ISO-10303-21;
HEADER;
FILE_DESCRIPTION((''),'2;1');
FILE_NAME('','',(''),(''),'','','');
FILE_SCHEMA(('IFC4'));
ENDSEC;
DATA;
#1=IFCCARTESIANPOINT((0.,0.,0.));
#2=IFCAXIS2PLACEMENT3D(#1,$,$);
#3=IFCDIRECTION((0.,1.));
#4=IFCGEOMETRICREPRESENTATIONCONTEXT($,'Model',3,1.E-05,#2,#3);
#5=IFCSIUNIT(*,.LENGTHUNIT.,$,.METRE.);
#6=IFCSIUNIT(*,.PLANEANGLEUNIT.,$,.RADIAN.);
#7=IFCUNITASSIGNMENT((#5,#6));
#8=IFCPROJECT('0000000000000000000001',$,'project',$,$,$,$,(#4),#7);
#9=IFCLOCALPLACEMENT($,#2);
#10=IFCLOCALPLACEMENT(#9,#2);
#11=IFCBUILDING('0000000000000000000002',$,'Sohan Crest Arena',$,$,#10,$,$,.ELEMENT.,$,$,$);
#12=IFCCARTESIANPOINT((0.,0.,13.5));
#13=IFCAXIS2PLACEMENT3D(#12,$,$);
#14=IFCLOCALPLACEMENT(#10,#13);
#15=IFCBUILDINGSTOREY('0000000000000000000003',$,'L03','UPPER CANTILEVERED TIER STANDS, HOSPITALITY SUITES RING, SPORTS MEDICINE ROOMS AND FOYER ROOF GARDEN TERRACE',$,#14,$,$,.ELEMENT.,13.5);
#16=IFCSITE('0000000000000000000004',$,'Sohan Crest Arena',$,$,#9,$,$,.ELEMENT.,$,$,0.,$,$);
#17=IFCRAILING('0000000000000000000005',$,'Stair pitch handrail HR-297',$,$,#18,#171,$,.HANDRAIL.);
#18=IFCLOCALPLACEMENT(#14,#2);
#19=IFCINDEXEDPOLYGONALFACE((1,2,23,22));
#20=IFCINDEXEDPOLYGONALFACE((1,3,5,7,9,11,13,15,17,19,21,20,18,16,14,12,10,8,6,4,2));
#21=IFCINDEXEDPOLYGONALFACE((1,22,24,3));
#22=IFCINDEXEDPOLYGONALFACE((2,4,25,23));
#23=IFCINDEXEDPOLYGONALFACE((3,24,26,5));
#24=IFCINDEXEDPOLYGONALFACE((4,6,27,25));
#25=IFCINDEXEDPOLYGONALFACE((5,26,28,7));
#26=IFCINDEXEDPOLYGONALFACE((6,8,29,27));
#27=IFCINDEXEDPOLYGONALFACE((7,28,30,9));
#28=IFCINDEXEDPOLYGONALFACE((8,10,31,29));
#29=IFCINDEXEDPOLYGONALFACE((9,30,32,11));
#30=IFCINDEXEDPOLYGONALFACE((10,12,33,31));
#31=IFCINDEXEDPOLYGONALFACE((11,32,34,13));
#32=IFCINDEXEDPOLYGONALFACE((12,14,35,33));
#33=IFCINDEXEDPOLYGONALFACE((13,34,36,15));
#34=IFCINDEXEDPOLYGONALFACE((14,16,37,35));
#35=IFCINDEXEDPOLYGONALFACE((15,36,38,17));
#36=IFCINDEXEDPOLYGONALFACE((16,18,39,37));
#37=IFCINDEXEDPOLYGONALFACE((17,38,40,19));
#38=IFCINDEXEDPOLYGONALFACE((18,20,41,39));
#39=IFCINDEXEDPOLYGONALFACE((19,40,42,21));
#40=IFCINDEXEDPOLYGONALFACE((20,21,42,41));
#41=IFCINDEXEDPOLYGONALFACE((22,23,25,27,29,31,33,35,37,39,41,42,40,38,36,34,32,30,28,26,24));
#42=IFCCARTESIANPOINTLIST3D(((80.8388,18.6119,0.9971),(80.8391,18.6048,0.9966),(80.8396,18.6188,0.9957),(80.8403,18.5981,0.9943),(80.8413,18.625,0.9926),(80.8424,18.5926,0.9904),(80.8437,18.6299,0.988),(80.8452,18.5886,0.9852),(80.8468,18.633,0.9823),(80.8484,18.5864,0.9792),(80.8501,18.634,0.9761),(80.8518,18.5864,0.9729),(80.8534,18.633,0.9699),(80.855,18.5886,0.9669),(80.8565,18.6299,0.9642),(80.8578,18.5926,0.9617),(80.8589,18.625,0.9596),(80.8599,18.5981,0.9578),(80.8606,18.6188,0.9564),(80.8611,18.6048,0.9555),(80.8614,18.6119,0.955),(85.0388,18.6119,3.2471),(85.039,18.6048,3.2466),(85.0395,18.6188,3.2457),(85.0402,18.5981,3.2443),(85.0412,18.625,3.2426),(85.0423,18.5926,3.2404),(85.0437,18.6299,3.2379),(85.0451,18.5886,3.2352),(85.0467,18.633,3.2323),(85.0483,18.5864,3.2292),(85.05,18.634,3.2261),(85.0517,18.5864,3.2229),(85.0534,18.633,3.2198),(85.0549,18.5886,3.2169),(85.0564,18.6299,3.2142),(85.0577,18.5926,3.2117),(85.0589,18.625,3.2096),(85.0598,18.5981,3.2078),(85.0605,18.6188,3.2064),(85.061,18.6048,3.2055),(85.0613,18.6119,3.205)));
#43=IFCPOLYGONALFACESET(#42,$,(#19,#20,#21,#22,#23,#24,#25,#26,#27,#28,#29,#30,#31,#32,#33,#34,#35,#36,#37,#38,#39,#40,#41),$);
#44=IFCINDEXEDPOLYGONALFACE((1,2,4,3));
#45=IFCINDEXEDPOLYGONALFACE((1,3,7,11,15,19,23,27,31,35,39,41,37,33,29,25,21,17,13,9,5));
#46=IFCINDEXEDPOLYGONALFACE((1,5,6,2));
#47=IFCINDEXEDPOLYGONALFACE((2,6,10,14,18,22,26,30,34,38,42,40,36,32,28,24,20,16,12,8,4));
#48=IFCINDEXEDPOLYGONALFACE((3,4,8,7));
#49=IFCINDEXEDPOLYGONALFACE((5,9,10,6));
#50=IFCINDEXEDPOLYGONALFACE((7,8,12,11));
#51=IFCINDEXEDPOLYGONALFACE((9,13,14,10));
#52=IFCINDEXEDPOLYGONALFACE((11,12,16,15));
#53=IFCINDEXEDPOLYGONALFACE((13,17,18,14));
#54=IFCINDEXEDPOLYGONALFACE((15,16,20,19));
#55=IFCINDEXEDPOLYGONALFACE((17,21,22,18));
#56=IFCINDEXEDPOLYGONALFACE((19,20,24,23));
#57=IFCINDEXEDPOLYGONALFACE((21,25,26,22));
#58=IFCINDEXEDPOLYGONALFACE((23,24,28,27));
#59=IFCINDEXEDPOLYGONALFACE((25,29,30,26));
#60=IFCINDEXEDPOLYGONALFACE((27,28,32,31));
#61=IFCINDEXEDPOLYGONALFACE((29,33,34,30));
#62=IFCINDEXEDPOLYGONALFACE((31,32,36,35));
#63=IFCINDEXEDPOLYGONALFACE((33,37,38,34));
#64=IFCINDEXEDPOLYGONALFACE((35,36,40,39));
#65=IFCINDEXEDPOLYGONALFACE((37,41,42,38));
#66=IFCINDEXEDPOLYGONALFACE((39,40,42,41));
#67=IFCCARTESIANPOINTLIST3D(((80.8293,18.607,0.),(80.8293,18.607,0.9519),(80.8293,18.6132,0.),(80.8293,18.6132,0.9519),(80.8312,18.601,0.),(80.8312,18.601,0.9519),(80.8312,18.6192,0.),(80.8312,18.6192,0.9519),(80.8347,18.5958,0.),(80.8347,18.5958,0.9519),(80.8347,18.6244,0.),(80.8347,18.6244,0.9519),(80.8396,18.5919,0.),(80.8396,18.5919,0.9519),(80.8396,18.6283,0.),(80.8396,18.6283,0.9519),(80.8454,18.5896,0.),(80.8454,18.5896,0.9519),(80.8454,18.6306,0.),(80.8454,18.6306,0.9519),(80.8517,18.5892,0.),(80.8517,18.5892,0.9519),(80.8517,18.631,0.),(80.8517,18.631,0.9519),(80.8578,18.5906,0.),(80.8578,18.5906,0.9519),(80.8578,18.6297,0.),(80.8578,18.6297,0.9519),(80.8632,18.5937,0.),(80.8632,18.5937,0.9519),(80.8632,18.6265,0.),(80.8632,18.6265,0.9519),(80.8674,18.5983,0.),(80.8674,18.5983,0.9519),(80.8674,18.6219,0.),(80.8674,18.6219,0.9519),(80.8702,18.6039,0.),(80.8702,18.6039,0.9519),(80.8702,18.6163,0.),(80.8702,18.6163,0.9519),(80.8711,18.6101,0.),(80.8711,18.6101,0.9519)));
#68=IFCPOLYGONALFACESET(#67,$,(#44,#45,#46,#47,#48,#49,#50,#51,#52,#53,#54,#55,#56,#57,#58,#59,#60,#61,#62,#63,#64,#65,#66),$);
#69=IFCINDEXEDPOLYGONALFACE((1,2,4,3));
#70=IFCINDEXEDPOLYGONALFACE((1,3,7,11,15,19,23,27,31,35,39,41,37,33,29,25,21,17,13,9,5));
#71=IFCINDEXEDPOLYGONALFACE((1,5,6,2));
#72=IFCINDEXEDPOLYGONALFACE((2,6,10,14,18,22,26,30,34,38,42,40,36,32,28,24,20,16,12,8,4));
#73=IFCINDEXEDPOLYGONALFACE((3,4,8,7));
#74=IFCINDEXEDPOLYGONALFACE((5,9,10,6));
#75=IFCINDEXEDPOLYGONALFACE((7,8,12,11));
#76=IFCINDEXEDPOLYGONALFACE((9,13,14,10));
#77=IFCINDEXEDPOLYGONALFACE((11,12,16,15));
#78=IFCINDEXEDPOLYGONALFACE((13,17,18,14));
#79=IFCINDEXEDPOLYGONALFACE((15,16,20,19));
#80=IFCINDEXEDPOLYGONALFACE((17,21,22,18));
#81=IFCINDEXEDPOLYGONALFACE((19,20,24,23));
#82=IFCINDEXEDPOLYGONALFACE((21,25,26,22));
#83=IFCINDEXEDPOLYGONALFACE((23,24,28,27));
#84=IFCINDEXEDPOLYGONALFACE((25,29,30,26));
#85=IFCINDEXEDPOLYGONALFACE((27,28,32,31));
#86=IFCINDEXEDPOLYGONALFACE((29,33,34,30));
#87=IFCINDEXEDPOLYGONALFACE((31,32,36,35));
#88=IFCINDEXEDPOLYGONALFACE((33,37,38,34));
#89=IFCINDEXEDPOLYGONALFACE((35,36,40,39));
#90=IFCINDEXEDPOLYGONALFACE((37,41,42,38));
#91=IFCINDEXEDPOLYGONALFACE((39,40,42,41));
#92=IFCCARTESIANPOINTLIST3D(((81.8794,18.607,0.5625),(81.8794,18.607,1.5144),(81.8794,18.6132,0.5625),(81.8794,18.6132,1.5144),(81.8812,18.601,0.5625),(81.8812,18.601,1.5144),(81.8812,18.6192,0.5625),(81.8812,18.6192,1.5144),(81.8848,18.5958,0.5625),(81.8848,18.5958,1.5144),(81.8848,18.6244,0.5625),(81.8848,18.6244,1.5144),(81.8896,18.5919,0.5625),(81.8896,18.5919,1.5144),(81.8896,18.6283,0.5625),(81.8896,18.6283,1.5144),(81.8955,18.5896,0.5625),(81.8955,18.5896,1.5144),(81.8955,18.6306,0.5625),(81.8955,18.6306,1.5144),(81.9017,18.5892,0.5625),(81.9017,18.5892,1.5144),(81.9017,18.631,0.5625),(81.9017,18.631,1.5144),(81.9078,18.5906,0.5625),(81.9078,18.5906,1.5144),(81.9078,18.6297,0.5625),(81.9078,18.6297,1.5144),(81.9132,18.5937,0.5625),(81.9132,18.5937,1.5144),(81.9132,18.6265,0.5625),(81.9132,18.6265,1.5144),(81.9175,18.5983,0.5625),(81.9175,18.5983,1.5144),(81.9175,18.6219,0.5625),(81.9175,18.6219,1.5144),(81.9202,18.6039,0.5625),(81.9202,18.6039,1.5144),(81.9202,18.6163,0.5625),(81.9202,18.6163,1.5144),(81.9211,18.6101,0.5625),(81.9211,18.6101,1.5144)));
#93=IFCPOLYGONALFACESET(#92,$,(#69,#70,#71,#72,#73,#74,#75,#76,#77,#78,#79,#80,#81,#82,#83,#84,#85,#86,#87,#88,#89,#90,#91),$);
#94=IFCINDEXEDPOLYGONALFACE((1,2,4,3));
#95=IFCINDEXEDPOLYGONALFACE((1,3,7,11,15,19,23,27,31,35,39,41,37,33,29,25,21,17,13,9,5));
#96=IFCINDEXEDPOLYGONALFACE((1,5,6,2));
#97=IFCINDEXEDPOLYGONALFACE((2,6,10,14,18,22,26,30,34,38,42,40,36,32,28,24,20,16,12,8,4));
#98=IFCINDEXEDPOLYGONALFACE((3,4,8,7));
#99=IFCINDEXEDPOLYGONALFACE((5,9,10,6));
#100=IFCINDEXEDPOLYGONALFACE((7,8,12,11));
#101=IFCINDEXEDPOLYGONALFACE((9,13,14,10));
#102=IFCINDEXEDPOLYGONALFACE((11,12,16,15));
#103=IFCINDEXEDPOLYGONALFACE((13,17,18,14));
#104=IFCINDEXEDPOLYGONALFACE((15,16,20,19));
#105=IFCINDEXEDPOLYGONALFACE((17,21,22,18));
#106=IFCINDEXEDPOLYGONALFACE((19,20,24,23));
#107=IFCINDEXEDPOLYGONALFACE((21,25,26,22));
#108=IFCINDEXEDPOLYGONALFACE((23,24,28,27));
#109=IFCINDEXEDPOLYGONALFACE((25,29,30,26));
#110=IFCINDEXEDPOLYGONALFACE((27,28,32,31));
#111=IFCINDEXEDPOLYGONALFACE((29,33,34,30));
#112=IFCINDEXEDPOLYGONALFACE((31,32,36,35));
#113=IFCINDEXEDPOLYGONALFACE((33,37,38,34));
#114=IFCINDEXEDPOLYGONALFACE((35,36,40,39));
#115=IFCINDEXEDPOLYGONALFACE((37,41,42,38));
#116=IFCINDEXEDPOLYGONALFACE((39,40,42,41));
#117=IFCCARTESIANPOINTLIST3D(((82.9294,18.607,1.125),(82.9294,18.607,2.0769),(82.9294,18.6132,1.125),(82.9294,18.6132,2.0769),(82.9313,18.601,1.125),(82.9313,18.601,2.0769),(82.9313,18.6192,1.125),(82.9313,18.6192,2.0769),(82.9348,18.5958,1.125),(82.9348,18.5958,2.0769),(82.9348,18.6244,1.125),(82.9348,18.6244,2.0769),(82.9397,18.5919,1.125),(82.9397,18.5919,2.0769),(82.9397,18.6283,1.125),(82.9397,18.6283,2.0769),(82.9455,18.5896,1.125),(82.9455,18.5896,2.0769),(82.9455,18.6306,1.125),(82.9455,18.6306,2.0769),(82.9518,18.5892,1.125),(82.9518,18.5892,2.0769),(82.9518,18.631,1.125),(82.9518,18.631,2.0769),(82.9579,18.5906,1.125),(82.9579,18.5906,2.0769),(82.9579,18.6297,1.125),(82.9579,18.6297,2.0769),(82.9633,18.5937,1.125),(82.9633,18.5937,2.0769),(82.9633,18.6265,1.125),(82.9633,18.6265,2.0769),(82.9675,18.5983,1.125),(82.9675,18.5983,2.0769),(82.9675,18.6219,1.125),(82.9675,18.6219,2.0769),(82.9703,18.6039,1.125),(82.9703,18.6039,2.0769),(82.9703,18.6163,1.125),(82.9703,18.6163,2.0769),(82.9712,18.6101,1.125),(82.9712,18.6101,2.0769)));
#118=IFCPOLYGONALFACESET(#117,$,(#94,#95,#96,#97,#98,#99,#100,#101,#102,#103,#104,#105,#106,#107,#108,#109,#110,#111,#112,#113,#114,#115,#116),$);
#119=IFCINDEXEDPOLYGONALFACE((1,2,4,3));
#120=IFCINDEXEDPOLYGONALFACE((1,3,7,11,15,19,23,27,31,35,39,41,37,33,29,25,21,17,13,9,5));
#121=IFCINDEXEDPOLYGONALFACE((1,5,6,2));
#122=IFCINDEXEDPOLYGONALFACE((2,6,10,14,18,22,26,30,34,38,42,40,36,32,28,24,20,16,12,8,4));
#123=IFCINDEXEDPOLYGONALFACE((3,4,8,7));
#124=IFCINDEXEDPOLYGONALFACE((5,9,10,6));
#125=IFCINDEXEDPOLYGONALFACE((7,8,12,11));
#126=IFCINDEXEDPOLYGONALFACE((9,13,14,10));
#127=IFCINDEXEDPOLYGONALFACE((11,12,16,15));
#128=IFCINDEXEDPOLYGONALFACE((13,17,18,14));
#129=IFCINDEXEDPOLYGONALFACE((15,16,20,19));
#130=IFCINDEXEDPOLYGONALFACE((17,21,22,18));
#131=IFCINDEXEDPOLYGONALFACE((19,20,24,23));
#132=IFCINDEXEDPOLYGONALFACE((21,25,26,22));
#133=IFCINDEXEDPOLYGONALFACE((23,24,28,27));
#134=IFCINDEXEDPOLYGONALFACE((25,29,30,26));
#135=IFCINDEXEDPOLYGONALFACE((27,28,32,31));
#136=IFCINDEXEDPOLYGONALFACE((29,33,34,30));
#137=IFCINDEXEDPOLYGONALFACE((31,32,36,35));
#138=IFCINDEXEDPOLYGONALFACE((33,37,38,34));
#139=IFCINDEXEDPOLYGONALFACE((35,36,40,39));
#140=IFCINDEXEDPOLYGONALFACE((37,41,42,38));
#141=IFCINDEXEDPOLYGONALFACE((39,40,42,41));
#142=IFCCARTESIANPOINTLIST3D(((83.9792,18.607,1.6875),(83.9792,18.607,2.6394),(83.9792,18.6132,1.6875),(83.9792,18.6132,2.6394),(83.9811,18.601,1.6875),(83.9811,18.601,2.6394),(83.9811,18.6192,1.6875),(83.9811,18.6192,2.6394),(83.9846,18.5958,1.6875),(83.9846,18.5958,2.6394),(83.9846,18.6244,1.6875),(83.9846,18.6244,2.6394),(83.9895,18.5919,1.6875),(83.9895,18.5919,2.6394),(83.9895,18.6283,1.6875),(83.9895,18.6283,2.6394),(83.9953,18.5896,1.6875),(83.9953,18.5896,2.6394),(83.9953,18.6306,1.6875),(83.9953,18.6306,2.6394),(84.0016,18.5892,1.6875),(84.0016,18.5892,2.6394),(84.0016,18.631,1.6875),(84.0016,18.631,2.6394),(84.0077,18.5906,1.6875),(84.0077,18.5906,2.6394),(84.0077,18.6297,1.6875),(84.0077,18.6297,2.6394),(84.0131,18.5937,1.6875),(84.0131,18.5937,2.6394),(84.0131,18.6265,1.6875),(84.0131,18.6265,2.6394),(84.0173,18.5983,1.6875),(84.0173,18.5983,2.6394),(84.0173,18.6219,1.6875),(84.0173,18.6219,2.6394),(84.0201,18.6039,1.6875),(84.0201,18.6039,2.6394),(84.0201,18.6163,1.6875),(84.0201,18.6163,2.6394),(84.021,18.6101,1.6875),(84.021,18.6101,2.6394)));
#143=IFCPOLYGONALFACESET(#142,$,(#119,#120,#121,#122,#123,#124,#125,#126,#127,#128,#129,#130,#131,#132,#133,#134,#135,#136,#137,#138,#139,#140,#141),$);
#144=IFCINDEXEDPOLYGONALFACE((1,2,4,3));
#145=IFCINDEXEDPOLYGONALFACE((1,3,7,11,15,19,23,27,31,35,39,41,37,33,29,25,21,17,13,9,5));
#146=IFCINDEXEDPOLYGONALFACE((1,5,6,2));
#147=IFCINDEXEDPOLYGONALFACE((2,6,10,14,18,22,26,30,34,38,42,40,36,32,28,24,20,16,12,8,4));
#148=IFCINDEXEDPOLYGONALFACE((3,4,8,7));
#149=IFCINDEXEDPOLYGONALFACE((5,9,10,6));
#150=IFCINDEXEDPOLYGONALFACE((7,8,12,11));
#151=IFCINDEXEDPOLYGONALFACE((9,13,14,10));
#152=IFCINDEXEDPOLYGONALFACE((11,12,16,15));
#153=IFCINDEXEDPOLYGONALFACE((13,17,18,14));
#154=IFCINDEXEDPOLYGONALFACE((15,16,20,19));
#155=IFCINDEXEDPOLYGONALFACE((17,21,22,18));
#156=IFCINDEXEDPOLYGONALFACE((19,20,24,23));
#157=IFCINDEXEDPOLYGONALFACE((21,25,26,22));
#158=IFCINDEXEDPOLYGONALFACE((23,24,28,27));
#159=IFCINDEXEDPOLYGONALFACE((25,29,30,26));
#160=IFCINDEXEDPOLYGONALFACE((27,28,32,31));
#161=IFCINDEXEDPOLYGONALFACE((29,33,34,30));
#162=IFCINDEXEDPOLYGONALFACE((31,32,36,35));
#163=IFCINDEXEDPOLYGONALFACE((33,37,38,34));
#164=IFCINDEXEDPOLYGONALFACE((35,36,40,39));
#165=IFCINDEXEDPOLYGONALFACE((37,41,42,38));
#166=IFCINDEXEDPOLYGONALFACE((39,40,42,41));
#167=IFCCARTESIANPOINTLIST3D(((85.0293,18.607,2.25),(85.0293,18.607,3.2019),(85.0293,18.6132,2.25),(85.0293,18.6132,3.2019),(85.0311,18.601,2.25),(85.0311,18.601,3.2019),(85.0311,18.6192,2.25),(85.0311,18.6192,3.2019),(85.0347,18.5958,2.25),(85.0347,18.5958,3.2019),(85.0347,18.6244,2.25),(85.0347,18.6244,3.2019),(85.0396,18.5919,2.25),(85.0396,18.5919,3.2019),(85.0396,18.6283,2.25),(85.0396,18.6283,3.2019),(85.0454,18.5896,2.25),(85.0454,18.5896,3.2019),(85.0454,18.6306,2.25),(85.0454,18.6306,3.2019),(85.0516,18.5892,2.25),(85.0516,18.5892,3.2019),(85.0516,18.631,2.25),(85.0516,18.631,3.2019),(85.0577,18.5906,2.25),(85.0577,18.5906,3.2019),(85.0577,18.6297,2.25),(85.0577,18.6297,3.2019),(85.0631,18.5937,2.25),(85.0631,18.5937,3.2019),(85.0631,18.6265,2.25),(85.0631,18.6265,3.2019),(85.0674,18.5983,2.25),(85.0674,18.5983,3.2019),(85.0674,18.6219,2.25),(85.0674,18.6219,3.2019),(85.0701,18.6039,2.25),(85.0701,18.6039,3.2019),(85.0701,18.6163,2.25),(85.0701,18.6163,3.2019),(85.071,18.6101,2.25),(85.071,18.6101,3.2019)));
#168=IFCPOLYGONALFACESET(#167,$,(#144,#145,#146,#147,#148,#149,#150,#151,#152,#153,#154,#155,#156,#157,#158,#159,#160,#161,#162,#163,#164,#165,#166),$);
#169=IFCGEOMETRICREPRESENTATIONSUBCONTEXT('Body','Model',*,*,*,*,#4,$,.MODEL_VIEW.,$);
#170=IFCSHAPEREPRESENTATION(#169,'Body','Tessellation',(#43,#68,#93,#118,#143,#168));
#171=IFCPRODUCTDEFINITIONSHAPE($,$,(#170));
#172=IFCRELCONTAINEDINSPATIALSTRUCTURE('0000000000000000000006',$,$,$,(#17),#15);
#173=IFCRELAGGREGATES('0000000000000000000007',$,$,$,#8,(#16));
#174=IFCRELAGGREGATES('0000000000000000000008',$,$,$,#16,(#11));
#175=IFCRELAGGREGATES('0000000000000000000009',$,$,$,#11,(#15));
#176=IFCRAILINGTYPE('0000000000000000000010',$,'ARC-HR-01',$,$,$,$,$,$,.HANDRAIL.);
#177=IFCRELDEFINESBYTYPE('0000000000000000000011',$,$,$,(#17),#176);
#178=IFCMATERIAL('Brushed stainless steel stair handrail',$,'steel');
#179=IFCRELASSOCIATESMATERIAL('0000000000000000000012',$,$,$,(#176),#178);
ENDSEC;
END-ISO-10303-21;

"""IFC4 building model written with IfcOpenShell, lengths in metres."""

from ifc_helpers import new_model, si_unit, direction, frame, origin, origin_2d, place, context, subcontext, project, spatial, circle, extrude, material, type_object, element, save


model = new_model("IFC4")

# Units and contexts
model_context = context("Model", 3, precision=1e-05, world=origin(), true_north=direction((0.0, 1.0)))
body_context = subcontext(model_context, "Body", "Model", "MODEL_VIEW")
ifc_project = project(units=[si_unit("LENGTHUNIT", "METRE"), si_unit("PLANEANGLEUNIT", "RADIAN")], contexts=[model_context])

# Site, building, storey
site_placement = place(None, origin())
site = spatial("IfcSite", under=ifc_project, at=site_placement, Name="Sohan Crest Arena", CompositionType="ELEMENT", RefElevation=0.0)
building_placement = place(site_placement, origin())
building = spatial("IfcBuilding", under=site, at=building_placement, Name="Sohan Crest Arena", CompositionType="ELEMENT")
storey_placement = place(building_placement, frame((0.0, 0.0, 13.5)))
storey = spatial("IfcBuildingStorey", under=building, at=storey_placement, Name="L03", Description="UPPER CANTILEVERED TIER STANDS, HOSPITALITY SUITES RING, SPORTS MEDICINE ROOMS AND FOYER ROOF GARDEN TERRACE", CompositionType="ELEMENT", Elevation=13.5)

# Railing
ifc_material_1 = material(Name="Brushed stainless steel stair handrail", Category="steel")
railing_type_1 = type_object("IfcRailingType", Name="ARC-HR-01", PredefinedType="HANDRAIL", material=ifc_material_1)
for number, where, name in (
    (1, (80.8501, 18.6101, 0.0), "Stair pitch handrail HR-297"),
):
    element("IfcRailing", number, at=place(storey_placement, frame(where)), inside=storey, type_object=railing_type_1, Name=name, PredefinedType="HANDRAIL", context=body_context, shape_type="SweptSolid", body=[
        extrude(circle(Radius=0.0239, at=origin_2d()), frame((0.0, 0.0, 0.9761), z_axis=(0.881478, 0.0, 0.472226), x_axis=(0.0, 1.0, 0.0)), (0.0, 0.0, 1.0), 4.7646),
        extrude(circle(Radius=0.021, at=origin_2d()), origin(), (0.0, 0.0, 1.0), 0.9519),
        extrude(circle(Radius=0.021, at=origin_2d()), frame((1.05, 0.0, 0.5625)), (0.0, 0.0, 1.0), 0.9519),
        extrude(circle(Radius=0.021, at=origin_2d()), frame((2.1001, 0.0, 1.125)), (0.0, 0.0, 1.0), 0.9519),
        extrude(circle(Radius=0.021, at=origin_2d()), frame((3.1499, 0.0, 1.6875)), (0.0, 0.0, 1.0), 0.9519),
        extrude(circle(Radius=0.021, at=origin_2d()), frame((4.2, 0.0, 2.25)), (0.0, 0.0, 1.0), 0.9519),
    ])

save(model, "model.ifc")
